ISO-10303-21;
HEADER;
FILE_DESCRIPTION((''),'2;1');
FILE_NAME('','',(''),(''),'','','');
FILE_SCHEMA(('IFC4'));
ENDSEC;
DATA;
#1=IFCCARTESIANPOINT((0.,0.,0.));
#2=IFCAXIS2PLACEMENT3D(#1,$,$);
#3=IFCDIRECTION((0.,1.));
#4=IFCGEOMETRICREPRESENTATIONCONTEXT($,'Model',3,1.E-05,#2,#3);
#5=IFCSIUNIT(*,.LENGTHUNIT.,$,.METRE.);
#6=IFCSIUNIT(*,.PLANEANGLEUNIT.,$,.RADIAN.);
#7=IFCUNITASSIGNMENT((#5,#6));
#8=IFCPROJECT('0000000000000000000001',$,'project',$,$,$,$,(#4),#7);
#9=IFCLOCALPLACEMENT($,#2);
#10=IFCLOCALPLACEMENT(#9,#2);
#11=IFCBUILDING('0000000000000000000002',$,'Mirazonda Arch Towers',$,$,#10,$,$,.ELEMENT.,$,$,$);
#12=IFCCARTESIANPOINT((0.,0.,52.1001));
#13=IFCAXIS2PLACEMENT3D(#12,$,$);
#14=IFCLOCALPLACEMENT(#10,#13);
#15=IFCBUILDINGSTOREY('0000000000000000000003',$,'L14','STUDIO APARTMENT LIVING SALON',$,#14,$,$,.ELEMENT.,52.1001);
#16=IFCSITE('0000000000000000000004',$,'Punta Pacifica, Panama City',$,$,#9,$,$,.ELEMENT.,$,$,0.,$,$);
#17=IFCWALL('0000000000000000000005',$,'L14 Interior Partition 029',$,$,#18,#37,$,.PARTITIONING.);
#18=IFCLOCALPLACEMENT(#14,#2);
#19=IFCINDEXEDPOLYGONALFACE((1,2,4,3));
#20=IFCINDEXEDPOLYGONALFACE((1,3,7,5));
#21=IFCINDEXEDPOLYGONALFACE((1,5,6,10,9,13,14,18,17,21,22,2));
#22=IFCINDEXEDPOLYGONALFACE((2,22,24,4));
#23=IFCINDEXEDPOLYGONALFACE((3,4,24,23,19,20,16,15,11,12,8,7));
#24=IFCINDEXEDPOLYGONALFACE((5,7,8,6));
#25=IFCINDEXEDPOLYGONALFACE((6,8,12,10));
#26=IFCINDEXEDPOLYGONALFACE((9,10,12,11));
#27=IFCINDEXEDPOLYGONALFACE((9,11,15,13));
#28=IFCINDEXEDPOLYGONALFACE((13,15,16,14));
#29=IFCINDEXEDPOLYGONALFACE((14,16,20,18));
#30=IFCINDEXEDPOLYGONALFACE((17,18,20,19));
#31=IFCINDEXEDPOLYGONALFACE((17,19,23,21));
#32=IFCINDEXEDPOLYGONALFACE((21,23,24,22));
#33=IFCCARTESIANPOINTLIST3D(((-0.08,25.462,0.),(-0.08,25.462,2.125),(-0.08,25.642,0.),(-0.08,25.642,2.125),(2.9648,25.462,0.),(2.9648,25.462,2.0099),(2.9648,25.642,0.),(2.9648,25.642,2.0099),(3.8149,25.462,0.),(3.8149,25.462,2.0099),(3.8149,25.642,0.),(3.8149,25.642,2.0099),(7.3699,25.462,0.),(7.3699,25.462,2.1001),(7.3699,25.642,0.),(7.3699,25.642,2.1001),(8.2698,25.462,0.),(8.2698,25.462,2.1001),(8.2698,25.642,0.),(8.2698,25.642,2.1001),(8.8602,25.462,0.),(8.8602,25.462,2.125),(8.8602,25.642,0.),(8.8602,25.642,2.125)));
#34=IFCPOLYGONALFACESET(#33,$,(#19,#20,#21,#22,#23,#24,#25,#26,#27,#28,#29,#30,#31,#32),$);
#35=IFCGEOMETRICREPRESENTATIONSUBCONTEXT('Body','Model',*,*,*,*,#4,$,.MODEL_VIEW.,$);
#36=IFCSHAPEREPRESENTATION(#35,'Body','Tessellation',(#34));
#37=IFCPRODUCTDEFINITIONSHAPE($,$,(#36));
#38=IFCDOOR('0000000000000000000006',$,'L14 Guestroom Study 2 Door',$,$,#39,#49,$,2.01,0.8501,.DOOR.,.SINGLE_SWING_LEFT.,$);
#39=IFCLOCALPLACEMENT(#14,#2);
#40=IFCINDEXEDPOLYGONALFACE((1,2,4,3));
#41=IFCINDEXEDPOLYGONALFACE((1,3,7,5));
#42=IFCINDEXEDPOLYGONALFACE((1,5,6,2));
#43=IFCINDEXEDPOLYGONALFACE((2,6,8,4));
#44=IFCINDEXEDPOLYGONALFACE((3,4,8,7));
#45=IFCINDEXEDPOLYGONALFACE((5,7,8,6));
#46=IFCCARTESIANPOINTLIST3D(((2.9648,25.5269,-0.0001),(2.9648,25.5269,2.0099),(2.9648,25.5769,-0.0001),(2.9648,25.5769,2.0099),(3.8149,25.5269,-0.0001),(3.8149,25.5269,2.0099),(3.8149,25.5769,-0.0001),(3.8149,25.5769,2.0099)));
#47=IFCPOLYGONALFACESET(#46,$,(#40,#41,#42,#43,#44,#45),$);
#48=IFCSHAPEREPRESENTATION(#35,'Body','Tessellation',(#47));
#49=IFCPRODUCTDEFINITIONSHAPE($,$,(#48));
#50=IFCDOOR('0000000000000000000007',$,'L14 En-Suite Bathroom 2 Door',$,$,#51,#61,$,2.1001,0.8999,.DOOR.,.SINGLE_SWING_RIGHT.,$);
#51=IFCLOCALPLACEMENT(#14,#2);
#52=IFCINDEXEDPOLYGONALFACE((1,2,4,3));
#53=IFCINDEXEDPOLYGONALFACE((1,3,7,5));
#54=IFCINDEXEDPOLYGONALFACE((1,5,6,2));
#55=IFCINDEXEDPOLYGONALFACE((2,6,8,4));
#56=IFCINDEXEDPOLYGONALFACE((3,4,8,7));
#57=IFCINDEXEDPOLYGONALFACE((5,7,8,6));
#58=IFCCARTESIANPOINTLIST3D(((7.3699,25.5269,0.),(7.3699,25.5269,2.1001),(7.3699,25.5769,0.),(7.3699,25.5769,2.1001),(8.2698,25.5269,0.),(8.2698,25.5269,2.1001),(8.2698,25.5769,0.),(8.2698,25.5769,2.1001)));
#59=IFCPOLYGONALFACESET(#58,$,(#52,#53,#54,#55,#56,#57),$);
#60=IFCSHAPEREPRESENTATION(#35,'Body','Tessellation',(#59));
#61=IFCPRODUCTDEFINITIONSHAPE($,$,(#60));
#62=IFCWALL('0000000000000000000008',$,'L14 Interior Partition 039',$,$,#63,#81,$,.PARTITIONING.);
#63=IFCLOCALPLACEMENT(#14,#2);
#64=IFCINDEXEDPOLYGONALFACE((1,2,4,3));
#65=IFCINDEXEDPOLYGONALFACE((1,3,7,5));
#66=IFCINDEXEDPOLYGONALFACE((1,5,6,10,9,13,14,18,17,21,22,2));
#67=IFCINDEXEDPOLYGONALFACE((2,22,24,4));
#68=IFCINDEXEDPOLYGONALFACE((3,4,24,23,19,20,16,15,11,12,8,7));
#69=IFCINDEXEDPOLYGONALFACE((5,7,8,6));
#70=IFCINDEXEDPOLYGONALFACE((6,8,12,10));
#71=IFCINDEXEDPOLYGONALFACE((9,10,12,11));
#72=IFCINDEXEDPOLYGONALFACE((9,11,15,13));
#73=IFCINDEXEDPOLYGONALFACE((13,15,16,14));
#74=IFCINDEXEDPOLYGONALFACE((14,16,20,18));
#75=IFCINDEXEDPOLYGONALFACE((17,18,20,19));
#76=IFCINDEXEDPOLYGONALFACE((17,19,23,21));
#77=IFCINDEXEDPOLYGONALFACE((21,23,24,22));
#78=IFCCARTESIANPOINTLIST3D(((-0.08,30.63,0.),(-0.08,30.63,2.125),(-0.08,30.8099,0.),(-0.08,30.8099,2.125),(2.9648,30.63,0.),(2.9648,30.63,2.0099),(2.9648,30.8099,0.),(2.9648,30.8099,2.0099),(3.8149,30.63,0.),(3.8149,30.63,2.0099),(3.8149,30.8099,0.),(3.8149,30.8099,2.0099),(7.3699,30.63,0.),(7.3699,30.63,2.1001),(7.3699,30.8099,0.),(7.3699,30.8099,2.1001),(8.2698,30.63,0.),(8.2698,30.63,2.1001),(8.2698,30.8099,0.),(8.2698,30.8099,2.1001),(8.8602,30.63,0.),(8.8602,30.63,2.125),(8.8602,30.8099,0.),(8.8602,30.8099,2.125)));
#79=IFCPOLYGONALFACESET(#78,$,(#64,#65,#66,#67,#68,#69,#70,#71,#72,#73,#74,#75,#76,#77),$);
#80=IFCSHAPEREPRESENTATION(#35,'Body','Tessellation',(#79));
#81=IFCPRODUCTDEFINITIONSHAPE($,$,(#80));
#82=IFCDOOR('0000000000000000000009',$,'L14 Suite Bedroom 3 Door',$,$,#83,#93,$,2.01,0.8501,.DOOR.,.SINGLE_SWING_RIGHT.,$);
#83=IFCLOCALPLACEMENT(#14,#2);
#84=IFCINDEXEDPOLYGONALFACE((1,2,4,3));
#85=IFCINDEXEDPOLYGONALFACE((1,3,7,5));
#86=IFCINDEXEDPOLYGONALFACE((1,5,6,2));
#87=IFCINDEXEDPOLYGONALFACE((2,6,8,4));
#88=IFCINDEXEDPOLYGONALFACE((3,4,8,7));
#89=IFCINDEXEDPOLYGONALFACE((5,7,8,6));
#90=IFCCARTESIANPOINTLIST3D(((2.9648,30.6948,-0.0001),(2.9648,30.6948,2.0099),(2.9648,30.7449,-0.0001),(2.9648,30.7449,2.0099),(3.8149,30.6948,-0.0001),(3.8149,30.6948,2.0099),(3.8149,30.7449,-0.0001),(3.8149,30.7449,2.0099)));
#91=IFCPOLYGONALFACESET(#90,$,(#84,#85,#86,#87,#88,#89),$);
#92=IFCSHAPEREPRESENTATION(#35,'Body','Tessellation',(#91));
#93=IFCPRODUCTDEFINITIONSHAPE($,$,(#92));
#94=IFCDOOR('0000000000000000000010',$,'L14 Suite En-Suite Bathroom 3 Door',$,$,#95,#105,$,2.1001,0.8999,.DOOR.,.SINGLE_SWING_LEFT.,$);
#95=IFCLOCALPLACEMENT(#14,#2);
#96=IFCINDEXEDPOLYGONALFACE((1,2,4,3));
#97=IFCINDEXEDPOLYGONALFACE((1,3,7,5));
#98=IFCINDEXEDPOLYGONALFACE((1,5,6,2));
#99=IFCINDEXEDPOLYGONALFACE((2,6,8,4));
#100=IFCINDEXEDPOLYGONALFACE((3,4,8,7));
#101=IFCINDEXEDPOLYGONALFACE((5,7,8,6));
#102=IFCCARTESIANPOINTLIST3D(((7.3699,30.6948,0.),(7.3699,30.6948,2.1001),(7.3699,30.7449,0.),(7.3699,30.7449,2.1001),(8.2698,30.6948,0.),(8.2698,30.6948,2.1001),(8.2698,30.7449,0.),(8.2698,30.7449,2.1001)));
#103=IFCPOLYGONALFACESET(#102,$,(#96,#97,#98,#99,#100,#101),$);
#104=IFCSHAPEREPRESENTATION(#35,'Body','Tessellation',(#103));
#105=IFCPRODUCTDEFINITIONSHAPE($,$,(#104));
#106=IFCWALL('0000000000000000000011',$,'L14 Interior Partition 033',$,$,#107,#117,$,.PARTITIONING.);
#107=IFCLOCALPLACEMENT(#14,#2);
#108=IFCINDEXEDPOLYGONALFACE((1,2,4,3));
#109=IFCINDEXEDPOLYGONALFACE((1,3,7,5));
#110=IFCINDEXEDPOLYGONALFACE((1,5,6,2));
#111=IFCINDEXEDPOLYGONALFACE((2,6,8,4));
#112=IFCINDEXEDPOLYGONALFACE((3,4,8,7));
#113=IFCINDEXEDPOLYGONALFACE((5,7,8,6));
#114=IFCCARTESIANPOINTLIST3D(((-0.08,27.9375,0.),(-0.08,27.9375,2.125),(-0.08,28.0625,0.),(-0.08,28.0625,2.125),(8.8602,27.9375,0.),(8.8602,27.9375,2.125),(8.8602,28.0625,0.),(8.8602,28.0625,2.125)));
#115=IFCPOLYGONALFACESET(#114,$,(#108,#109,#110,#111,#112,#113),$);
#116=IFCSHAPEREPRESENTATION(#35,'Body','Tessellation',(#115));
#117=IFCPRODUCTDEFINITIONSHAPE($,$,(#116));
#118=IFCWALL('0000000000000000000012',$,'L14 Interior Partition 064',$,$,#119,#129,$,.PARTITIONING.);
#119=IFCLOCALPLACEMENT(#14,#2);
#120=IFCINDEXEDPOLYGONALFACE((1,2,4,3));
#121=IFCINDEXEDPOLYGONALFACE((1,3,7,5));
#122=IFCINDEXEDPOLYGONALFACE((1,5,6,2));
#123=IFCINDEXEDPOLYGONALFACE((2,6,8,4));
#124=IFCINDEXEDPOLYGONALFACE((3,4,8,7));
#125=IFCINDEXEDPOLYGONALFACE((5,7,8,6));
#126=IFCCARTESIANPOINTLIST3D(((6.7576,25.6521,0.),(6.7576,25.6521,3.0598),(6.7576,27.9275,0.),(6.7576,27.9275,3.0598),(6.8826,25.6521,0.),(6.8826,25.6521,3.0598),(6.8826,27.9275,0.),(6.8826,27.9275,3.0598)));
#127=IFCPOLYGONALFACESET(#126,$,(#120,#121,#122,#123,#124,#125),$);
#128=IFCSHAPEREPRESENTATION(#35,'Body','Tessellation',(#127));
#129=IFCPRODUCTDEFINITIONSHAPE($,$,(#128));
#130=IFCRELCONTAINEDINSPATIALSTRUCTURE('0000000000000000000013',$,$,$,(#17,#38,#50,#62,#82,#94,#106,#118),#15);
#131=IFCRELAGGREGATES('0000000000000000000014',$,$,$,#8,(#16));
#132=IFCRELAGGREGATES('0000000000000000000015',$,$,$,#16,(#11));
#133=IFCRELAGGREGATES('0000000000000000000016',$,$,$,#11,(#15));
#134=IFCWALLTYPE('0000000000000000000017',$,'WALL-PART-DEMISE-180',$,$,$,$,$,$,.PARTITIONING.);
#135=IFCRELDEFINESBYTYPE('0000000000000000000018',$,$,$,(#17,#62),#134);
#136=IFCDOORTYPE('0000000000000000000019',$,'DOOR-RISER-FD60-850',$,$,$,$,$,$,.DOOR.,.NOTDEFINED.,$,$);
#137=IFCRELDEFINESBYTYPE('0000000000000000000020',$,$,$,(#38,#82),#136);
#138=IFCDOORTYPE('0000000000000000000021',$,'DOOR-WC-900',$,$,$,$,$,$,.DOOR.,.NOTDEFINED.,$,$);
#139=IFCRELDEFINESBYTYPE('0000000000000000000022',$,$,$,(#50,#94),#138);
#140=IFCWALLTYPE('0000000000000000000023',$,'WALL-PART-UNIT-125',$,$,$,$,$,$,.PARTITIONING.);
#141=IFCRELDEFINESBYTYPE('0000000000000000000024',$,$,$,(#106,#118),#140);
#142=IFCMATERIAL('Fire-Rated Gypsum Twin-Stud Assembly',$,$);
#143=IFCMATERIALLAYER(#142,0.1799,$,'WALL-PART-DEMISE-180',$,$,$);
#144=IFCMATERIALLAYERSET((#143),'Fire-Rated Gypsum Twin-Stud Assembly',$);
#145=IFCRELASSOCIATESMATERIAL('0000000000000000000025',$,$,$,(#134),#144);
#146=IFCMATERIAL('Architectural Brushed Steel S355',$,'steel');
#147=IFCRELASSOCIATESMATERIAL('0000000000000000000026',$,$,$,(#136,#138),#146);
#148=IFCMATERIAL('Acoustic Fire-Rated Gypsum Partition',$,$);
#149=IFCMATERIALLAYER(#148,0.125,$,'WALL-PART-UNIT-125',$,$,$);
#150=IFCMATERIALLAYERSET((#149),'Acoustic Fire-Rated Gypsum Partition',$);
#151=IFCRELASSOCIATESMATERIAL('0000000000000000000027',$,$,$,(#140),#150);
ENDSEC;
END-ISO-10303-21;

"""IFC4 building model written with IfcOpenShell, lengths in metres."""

from ifc_helpers import new_model, si_unit, direction, frame, frame_2d, origin, place, context, subcontext, project, spatial, rectangle, extrude, material, layer, layer_set, type_object, element, fill, save


model = new_model("IFC4")

# Units and contexts
model_context = context("Model", 3, precision=1e-05, world=origin(), true_north=direction((0.0, 1.0)))
body_context = subcontext(model_context, "Body", "Model", "MODEL_VIEW")
ifc_project = project(units=[si_unit("LENGTHUNIT", "METRE"), si_unit("PLANEANGLEUNIT", "RADIAN")], contexts=[model_context])

# Site, building, storey
site_placement = place(None, origin())
site = spatial("IfcSite", under=ifc_project, at=site_placement, Name="Punta Pacifica, Panama City", CompositionType="ELEMENT", RefElevation=0.0)
building_placement = place(site_placement, origin())
building = spatial("IfcBuilding", under=site, at=building_placement, Name="Mirazonda Arch Towers", CompositionType="ELEMENT")
storey_placement = place(building_placement, frame((0.0, 0.0, 52.1001)))
storey = spatial("IfcBuildingStorey", under=building, at=storey_placement, Name="L14", Description="STUDIO APARTMENT LIVING SALON", CompositionType="ELEMENT", Elevation=52.1001)

# Walls, openings, doors
ifc_material_1 = material(Name="Fire-Rated Gypsum Twin-Stud Assembly")
ifc_layer_1 = layer(ifc_material_1, 0.1799, Name="WALL-PART-DEMISE-180")
ifc_layer_set_1 = layer_set([ifc_layer_1], Name="Fire-Rated Gypsum Twin-Stud Assembly")
wall_type_1 = type_object("IfcWallType", Name="WALL-PART-DEMISE-180", PredefinedType="PARTITIONING", material=ifc_layer_set_1)
wall_1_placement = place(storey_placement, frame((-0.0801, 25.552, 0.0), z_axis=(0.0, 0.0, 1.0), x_axis=(1.0, 0.0, 0.0)))
wall_1 = element("IfcWall", 1, at=wall_1_placement, inside=storey, type_object=wall_type_1, Name="L14 Interior Partition 029", PredefinedType="PARTITIONING", context=body_context, shape_type="SweptSolid", body=[
    extrude(rectangle(XDim=8.9402, YDim=0.1799, at=frame_2d((4.4702, 0.0))), origin(), (0.0, 0.0, 1.0), 2.125),
])
opening_1_placement = place(wall_1_placement, frame((3.0449, 0.0, 0.0)))
opening_1 = element("IfcOpeningElement", 2, at=opening_1_placement, cuts=wall_1, PredefinedType="OPENING", context=body_context, shape_type="SweptSolid", body=[
    extrude(rectangle(XDim=0.8501, YDim=2.01, at=frame_2d((0.425, 1.0049))), frame((0.0, 0.0999, 0.0), z_axis=(0.0, -1.0, 0.0), x_axis=(1.0, 0.0, 0.0)), (0.0, 0.0, 1.0), 0.2),
])
opening_2_placement = place(wall_1_placement, frame((7.45, 0.0, 0.0)))
opening_2 = element("IfcOpeningElement", 3, at=opening_2_placement, cuts=wall_1, PredefinedType="OPENING", context=body_context, shape_type="SweptSolid", body=[
    extrude(rectangle(XDim=0.8999, YDim=2.1001, at=frame_2d((0.45, 1.05))), frame((0.0, 0.0999, 0.0), z_axis=(0.0, -1.0, 0.0), x_axis=(1.0, 0.0, 0.0)), (0.0, 0.0, 1.0), 0.2),
])
ifc_material_2 = material(Name="Architectural Brushed Steel S355", Category="steel")
door_type_1 = type_object("IfcDoorType", Name="DOOR-RISER-FD60-850", OperationType="NOTDEFINED", PredefinedType="DOOR", material=ifc_material_2)
door_1_placement = place(opening_1_placement, origin())
door_1 = element("IfcDoor", 4, at=door_1_placement, inside=storey, type_object=door_type_1, Name="L14 Guestroom Study 2 Door", OperationType="SINGLE_SWING_LEFT", OverallHeight=2.01, OverallWidth=0.8501, PredefinedType="DOOR", context=body_context, shape_type="SweptSolid", body=[
    extrude(rectangle(XDim=0.8501, YDim=2.01, at=frame_2d((0.425, 1.0049))), frame((0.0, 0.0249, 0.0), z_axis=(0.0, -1.0, 0.0), x_axis=(1.0, 0.0, 0.0)), (0.0, 0.0, 1.0), 0.05),
])
fill(opening_1, door_1)
door_type_2 = type_object("IfcDoorType", Name="DOOR-WC-900", OperationType="NOTDEFINED", PredefinedType="DOOR", material=ifc_material_2)
door_2_placement = place(opening_2_placement, origin())
door_2 = element("IfcDoor", 5, at=door_2_placement, inside=storey, type_object=door_type_2, Name="L14 En-Suite Bathroom 2 Door", OperationType="SINGLE_SWING_RIGHT", OverallHeight=2.1001, OverallWidth=0.8999, PredefinedType="DOOR", context=body_context, shape_type="SweptSolid", body=[
    extrude(rectangle(XDim=0.8999, YDim=2.1001, at=frame_2d((0.45, 1.05))), frame((0.0, 0.0249, 0.0), z_axis=(0.0, -1.0, 0.0), x_axis=(1.0, 0.0, 0.0)), (0.0, 0.0, 1.0), 0.05),
])
fill(opening_2, door_2)
wall_2_placement = place(storey_placement, frame((-0.0801, 30.72, 0.0), z_axis=(0.0, 0.0, 1.0), x_axis=(1.0, 0.0, 0.0)))
wall_2 = element("IfcWall", 6, at=wall_2_placement, inside=storey, type_object=wall_type_1, Name="L14 Interior Partition 039", PredefinedType="PARTITIONING", context=body_context, shape_type="SweptSolid", body=[
    extrude(rectangle(XDim=8.9402, YDim=0.1799, at=frame_2d((4.4702, 0.0))), origin(), (0.0, 0.0, 1.0), 2.125),
])
opening_3_placement = place(wall_2_placement, frame((3.0449, 0.0, 0.0)))
opening_3 = element("IfcOpeningElement", 7, at=opening_3_placement, cuts=wall_2, PredefinedType="OPENING", context=body_context, shape_type="SweptSolid", body=[
    extrude(rectangle(XDim=0.8501, YDim=2.01, at=frame_2d((0.425, 1.0049))), frame((0.0, 0.0999, 0.0), z_axis=(0.0, -1.0, 0.0), x_axis=(1.0, 0.0, 0.0)), (0.0, 0.0, 1.0), 0.2),
])
opening_4_placement = place(wall_2_placement, frame((7.45, 0.0, 0.0)))
opening_4 = element("IfcOpeningElement", 8, at=opening_4_placement, cuts=wall_2, PredefinedType="OPENING", context=body_context, shape_type="SweptSolid", body=[
    extrude(rectangle(XDim=0.8999, YDim=2.1001, at=frame_2d((0.45, 1.05))), frame((0.0, 0.0999, 0.0), z_axis=(0.0, -1.0, 0.0), x_axis=(1.0, 0.0, 0.0)), (0.0, 0.0, 1.0), 0.2),
])
door_3_placement = place(opening_3_placement, origin())
door_3 = element("IfcDoor", 9, at=door_3_placement, inside=storey, type_object=door_type_1, Name="L14 Suite Bedroom 3 Door", OperationType="SINGLE_SWING_RIGHT", OverallHeight=2.01, OverallWidth=0.8501, PredefinedType="DOOR", context=body_context, shape_type="SweptSolid", body=[
    extrude(rectangle(XDim=0.8501, YDim=2.01, at=frame_2d((0.425, 1.0049))), frame((0.0, 0.0249, 0.0), z_axis=(0.0, -1.0, 0.0), x_axis=(1.0, 0.0, 0.0)), (0.0, 0.0, 1.0), 0.05),
])
fill(opening_3, door_3)
door_4_placement = place(opening_4_placement, origin())
door_4 = element("IfcDoor", 10, at=door_4_placement, inside=storey, type_object=door_type_2, Name="L14 Suite En-Suite Bathroom 3 Door", OperationType="SINGLE_SWING_LEFT", OverallHeight=2.1001, OverallWidth=0.8999, PredefinedType="DOOR", context=body_context, shape_type="SweptSolid", body=[
    extrude(rectangle(XDim=0.8999, YDim=2.1001, at=frame_2d((0.45, 1.05))), frame((0.0, 0.0249, 0.0), z_axis=(0.0, -1.0, 0.0), x_axis=(1.0, 0.0, 0.0)), (0.0, 0.0, 1.0), 0.05),
])
fill(opening_4, door_4)

# Walls
ifc_material_3 = material(Name="Acoustic Fire-Rated Gypsum Partition")
ifc_layer_2 = layer(ifc_material_3, 0.125, Name="WALL-PART-UNIT-125")
ifc_layer_set_2 = layer_set([ifc_layer_2], Name="Acoustic Fire-Rated Gypsum Partition")
wall_type_2 = type_object("IfcWallType", Name="WALL-PART-UNIT-125", PredefinedType="PARTITIONING", material=ifc_layer_set_2)
wall_3_placement = place(storey_placement, frame((-0.0801, 28.0, 0.0), z_axis=(0.0, 0.0, 1.0), x_axis=(1.0, 0.0, 0.0)))
element("IfcWall", 11, at=wall_3_placement, inside=storey, type_object=wall_type_2, Name="L14 Interior Partition 033", PredefinedType="PARTITIONING", context=body_context, shape_type="SweptSolid", body=[
    extrude(rectangle(XDim=8.9402, YDim=0.125, at=frame_2d((4.4702, 0.0))), origin(), (0.0, 0.0, 1.0), 2.125),
])
wall_4_placement = place(storey_placement, frame((6.8201, 25.6521, 0.0), z_axis=(0.0, 0.0, 1.0), x_axis=(0.0, 1.0, 0.0)))
element("IfcWall", 12, at=wall_4_placement, inside=storey, type_object=wall_type_2, Name="L14 Interior Partition 064", PredefinedType="PARTITIONING", context=body_context, shape_type="SweptSolid", body=[
    extrude(rectangle(XDim=2.2754, YDim=0.125, at=frame_2d((1.1377, 0.0))), origin(), (0.0, 0.0, 1.0), 3.0598),
])

save(model, "model.ifc")
